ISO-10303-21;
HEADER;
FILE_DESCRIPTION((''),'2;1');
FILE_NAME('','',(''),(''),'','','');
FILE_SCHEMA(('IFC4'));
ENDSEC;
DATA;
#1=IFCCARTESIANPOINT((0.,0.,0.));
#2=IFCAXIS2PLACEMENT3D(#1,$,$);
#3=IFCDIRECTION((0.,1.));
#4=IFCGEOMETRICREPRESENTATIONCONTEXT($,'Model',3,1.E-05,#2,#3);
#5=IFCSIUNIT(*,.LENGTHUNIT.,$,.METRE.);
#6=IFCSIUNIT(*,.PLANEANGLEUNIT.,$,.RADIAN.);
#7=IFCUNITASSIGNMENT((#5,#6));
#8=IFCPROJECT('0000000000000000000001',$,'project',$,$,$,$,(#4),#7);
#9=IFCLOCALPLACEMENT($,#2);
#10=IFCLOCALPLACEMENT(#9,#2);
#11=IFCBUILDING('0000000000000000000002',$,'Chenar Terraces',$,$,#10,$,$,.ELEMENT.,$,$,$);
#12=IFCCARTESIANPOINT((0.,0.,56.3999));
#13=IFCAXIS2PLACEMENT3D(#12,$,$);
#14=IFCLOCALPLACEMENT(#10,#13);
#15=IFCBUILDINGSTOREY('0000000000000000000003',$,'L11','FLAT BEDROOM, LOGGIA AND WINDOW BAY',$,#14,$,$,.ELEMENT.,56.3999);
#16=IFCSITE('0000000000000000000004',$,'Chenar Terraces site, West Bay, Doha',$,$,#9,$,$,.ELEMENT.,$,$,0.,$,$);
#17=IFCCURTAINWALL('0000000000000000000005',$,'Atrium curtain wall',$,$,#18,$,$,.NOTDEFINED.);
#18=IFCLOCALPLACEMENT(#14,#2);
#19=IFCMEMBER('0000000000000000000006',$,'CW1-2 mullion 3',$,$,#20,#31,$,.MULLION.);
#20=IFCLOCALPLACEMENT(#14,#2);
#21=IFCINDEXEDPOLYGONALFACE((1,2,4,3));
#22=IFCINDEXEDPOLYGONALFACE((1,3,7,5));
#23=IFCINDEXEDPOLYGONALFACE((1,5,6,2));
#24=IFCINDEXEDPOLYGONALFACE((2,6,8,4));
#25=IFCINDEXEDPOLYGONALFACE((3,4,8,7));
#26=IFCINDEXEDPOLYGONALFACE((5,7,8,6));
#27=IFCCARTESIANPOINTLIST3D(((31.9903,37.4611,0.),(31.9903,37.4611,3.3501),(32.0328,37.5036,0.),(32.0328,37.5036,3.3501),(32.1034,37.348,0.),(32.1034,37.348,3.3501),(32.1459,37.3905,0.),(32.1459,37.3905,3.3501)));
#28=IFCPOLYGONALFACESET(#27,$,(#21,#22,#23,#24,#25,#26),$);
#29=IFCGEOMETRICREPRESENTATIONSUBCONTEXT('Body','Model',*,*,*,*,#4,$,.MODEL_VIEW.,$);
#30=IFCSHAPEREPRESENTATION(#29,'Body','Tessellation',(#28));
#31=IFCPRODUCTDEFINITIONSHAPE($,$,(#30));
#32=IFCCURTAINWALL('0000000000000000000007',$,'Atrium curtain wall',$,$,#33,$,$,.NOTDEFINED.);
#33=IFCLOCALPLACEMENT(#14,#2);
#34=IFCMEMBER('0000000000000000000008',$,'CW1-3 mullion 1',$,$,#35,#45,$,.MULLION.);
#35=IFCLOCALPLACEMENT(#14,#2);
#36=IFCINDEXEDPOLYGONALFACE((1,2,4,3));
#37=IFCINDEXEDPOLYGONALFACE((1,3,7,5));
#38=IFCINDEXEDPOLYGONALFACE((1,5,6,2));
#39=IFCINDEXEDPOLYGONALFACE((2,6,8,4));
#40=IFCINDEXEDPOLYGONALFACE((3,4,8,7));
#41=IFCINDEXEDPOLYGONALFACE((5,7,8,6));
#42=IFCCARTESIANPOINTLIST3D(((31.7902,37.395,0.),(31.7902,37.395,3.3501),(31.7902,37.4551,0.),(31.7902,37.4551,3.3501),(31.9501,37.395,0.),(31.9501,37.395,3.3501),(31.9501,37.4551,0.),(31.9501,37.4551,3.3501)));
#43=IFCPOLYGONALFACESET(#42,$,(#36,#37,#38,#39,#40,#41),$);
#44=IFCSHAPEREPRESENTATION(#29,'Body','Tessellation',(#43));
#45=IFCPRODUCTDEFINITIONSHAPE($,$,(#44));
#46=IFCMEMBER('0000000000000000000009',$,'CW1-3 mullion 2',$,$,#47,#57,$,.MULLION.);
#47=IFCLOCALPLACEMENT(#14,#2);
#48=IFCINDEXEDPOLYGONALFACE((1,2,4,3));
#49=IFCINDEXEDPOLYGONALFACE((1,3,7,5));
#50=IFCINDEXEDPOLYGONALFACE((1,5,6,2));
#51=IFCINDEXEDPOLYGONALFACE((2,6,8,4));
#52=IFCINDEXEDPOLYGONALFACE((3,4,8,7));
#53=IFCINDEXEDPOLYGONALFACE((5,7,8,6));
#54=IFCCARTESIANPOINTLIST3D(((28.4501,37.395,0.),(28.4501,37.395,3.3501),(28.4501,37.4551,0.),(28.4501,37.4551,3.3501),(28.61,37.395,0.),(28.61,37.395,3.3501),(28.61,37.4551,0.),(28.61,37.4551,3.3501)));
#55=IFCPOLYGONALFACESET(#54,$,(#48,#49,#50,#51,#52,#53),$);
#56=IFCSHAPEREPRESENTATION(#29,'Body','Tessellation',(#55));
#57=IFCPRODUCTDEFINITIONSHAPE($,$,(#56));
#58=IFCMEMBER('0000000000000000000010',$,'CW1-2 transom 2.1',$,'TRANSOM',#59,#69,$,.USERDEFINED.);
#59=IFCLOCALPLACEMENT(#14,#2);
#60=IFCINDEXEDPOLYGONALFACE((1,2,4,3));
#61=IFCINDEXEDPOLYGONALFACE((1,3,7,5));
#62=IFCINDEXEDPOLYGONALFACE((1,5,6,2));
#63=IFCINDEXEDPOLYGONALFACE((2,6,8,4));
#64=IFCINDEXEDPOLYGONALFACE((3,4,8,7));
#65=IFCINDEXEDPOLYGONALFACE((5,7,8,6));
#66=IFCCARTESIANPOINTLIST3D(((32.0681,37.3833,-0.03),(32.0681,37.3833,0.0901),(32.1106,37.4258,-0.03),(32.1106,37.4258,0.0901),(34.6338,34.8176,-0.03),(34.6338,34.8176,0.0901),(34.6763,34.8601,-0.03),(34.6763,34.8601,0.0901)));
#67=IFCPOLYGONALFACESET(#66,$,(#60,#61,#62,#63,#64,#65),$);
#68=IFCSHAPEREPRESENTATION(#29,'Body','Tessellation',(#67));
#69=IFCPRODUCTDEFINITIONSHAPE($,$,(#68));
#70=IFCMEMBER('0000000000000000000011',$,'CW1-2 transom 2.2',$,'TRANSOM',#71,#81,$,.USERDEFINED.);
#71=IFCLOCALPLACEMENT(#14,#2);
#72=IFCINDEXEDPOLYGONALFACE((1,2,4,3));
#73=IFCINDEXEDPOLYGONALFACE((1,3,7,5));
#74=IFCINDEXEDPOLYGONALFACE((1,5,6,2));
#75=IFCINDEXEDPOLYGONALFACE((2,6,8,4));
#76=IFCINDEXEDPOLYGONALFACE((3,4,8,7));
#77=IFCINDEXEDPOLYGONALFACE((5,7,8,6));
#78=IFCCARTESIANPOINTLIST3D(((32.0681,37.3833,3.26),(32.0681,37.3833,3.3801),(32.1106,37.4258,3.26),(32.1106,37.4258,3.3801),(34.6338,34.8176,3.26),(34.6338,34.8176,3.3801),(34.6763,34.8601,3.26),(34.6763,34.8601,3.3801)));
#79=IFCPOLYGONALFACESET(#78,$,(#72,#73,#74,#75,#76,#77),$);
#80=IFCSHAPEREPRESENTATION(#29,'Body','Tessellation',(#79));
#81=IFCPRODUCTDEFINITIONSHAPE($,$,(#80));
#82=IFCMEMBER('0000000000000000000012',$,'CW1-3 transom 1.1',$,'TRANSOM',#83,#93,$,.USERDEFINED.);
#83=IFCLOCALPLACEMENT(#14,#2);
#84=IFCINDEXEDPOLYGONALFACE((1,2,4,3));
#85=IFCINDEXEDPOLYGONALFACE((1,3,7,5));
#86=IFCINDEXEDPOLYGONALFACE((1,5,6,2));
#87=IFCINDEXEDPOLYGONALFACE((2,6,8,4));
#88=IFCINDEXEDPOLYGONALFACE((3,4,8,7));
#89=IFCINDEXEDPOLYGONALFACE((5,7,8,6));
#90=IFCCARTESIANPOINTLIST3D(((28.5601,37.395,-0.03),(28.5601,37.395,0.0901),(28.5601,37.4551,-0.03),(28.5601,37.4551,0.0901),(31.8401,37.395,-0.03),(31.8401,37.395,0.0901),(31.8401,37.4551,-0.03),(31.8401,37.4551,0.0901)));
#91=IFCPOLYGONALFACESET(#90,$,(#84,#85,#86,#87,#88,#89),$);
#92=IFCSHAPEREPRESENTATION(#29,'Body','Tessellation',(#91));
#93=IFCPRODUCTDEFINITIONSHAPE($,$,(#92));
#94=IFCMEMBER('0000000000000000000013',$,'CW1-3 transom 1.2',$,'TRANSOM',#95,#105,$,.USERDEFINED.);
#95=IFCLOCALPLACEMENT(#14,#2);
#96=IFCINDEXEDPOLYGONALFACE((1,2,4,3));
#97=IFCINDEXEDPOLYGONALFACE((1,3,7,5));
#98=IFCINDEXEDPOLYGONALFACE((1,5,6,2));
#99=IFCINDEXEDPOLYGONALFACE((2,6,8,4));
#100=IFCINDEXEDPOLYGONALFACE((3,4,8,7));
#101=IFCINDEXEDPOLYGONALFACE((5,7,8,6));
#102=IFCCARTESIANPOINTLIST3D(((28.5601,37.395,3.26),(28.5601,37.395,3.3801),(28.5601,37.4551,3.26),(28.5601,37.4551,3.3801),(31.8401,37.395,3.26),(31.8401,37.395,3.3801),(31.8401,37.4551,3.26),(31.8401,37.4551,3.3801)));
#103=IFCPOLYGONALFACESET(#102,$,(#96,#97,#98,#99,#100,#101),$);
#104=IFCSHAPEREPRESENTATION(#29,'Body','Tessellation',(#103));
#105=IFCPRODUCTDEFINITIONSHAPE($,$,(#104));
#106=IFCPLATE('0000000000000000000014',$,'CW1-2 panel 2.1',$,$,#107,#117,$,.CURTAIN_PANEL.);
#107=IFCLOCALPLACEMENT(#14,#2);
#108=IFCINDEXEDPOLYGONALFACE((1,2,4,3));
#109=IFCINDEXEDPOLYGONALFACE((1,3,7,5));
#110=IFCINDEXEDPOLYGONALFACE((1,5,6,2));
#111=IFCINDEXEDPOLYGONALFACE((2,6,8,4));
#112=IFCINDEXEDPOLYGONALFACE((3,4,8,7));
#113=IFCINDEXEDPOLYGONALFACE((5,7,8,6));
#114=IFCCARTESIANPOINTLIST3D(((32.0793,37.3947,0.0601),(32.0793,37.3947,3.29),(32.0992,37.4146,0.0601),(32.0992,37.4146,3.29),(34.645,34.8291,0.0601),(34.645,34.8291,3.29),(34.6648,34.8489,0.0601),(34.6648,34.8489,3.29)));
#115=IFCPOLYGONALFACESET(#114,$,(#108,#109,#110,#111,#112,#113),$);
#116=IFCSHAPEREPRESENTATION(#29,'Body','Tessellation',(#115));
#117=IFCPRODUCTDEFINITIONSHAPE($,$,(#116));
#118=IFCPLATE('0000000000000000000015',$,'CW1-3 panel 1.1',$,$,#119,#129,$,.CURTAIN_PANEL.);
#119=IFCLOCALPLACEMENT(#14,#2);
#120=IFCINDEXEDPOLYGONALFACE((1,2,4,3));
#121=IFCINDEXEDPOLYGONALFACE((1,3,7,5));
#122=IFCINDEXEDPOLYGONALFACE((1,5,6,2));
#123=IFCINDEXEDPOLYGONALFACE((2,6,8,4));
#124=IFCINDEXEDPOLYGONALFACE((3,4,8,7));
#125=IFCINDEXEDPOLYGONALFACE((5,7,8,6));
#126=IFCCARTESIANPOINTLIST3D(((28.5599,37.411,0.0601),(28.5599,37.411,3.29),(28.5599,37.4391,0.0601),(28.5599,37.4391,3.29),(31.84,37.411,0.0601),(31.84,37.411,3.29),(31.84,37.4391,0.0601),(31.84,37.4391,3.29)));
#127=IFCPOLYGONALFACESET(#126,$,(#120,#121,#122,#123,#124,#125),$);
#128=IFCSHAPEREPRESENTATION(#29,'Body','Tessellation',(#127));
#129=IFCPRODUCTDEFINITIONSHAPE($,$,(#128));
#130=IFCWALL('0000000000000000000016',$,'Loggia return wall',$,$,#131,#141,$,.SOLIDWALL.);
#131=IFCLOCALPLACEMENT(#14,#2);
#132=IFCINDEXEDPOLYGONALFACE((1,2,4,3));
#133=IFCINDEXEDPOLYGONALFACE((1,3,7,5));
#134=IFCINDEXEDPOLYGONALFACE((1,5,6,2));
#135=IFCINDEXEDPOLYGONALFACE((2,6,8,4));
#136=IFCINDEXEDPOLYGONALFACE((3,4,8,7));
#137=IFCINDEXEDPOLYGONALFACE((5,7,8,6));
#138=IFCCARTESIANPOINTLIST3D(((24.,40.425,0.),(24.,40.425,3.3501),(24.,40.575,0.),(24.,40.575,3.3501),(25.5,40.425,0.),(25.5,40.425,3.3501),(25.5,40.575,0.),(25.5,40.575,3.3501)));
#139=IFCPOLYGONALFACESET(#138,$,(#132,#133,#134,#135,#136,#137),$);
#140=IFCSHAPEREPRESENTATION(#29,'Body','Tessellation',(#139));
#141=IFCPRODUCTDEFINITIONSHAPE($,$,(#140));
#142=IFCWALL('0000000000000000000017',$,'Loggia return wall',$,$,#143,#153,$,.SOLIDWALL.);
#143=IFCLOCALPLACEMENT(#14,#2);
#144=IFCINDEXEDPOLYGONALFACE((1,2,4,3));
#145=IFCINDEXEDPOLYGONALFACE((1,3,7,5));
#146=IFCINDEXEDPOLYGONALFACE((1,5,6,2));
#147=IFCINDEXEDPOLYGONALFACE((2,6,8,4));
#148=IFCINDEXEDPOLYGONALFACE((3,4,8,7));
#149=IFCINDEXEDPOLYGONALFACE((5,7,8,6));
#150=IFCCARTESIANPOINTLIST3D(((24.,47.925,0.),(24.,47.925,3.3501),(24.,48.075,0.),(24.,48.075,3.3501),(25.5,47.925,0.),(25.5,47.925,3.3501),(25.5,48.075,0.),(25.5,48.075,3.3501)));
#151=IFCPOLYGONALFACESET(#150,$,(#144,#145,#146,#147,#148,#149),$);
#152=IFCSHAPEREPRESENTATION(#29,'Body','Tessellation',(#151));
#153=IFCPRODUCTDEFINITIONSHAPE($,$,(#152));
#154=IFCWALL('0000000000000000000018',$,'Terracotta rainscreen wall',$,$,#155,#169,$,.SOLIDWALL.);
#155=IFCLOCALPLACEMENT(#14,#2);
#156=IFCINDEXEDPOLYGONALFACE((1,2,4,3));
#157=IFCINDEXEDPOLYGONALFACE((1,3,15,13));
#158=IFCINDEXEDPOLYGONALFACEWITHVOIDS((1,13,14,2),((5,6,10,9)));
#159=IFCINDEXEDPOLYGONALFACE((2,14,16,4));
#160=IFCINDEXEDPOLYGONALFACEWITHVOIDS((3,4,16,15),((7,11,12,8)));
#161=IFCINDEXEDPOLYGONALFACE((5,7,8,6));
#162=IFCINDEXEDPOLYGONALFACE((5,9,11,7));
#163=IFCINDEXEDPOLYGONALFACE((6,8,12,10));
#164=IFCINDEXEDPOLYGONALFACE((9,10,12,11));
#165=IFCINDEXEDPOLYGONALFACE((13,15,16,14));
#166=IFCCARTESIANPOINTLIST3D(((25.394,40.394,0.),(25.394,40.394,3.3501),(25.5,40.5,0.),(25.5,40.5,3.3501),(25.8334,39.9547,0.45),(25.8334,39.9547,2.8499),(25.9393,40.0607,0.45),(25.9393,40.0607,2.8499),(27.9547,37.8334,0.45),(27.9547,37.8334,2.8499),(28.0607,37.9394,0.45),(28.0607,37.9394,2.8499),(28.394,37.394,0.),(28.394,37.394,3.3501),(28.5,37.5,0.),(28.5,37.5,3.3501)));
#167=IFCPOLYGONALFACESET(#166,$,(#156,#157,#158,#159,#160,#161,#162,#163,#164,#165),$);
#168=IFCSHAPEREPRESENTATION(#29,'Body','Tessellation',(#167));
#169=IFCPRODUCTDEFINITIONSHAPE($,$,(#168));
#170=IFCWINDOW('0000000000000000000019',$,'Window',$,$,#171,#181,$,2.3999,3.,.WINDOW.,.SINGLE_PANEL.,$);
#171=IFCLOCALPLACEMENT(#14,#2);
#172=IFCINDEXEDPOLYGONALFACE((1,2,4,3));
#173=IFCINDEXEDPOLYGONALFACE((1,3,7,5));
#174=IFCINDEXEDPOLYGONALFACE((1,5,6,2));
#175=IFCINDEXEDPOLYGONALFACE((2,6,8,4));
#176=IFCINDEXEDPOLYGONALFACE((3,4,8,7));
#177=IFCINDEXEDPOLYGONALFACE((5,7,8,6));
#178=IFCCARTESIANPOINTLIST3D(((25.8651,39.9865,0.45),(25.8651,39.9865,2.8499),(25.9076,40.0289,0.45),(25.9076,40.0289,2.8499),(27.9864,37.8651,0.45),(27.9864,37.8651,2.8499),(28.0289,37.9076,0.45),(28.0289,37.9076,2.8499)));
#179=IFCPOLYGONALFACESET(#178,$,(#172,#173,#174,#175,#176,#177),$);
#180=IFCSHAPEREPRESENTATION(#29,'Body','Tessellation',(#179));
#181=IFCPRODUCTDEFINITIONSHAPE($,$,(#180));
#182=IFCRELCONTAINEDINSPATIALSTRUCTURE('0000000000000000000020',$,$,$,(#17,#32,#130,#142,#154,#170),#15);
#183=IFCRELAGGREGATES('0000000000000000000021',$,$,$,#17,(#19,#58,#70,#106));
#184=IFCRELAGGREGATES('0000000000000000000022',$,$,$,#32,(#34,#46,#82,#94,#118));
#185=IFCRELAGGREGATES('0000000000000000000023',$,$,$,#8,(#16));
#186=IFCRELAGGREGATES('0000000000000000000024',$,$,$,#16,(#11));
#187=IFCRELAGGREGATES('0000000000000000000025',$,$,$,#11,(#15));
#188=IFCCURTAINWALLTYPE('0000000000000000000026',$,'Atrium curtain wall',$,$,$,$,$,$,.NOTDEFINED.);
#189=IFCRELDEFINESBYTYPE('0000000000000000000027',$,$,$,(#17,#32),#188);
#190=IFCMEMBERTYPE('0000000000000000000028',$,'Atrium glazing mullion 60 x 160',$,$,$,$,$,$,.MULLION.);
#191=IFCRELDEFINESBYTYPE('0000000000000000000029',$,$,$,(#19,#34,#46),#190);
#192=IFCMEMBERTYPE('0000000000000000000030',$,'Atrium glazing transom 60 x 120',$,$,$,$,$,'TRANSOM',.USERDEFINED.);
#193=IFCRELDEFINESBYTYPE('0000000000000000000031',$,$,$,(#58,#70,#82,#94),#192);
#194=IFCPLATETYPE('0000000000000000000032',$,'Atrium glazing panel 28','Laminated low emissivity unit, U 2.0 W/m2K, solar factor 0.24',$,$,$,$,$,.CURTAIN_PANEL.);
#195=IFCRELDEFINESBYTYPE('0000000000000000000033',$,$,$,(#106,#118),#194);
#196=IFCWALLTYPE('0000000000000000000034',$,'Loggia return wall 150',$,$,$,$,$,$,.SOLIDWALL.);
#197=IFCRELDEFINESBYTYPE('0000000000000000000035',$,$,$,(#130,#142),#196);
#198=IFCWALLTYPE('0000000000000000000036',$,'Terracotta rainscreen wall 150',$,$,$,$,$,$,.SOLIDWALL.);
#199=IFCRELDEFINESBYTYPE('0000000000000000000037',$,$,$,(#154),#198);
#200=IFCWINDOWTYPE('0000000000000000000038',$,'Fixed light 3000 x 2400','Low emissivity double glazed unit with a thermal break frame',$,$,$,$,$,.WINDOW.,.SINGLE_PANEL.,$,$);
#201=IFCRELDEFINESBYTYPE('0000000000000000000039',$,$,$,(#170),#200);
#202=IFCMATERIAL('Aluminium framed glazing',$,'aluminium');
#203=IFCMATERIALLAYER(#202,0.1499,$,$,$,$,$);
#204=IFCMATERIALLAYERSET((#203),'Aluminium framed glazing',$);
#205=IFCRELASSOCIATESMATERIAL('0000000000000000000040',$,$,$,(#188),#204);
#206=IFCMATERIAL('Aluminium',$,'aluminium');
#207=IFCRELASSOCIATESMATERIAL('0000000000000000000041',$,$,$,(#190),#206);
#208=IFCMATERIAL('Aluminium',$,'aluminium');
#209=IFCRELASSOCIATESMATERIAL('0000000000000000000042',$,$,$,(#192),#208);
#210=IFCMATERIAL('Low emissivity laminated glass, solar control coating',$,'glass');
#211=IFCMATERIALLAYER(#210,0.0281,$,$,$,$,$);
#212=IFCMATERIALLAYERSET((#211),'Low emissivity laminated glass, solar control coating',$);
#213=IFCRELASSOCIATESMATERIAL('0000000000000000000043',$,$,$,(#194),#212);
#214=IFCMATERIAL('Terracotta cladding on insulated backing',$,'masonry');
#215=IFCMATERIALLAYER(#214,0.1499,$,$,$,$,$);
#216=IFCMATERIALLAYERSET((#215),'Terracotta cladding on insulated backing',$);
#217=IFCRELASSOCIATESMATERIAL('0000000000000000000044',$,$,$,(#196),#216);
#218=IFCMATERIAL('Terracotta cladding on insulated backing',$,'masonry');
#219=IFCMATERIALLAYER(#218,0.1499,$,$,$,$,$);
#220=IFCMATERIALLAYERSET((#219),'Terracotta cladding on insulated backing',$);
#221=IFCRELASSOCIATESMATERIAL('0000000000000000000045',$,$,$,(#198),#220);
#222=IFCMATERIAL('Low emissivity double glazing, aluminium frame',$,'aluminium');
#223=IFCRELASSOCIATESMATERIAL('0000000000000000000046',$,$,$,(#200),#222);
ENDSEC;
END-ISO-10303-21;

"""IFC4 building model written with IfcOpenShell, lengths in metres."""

from ifc_helpers import new_model, si_unit, direction, frame, frame_2d, origin, origin_2d, place, context, subcontext, project, spatial, rectangle, extrude, material, layer, layer_set, material_profile, profile_set, type_object, element, fill, aggregate, save


model = new_model("IFC4")

# Units and contexts
model_context = context("Model", 3, precision=1e-05, world=origin(), true_north=direction((0.0, 1.0)))
body_context = subcontext(model_context, "Body", "Model", "MODEL_VIEW")
ifc_project = project(units=[si_unit("LENGTHUNIT", "METRE"), si_unit("PLANEANGLEUNIT", "RADIAN")], contexts=[model_context])

# Site, building, storey
site_placement = place(None, origin())
site = spatial("IfcSite", under=ifc_project, at=site_placement, Name="Chenar Terraces site, West Bay, Doha", CompositionType="ELEMENT", RefElevation=0.0)
building_placement = place(site_placement, origin())
building = spatial("IfcBuilding", under=site, at=building_placement, Name="Chenar Terraces", CompositionType="ELEMENT")
storey_placement = place(building_placement, frame((0.0, 0.0, 56.3999)))
storey = spatial("IfcBuildingStorey", under=building, at=storey_placement, Name="L11", Description="FLAT BEDROOM, LOGGIA AND WINDOW BAY", CompositionType="ELEMENT", Elevation=56.3999)

# Curtain wall, member
ifc_material_1 = material(Name="Aluminium framed glazing", Category="aluminium")
ifc_layer_1 = layer(ifc_material_1, 0.1499)
ifc_layer_set_1 = layer_set([ifc_layer_1], Name="Aluminium framed glazing")
curtain_wall_type = type_object("IfcCurtainWallType", Name="Atrium curtain wall", PredefinedType="NOTDEFINED", material=ifc_layer_set_1)
placement = place(storey_placement, origin())
curtain_wall_1 = element("IfcCurtainWall", 1, at=placement, inside=storey, type_object=curtain_wall_type, Name="Atrium curtain wall", PredefinedType="NOTDEFINED")
ifc_material_2 = material(Name="Aluminium", Category="aluminium")
ifc_material_profile_1 = material_profile(ifc_material_2, rectangle(XDim=0.0601, YDim=0.1599, at=origin_2d()), Name="Atrium glazing mullion 60 x 160")
ifc_profile_set_1 = profile_set([ifc_material_profile_1], Name="Aluminium")
member_type_1 = type_object("IfcMemberType", Name="Atrium glazing mullion 60 x 160", PredefinedType="MULLION", material=ifc_profile_set_1)
member_1_placement = place(storey_placement, frame((32.0681, 37.4258, 0.0), z_axis=(0.0, 0.0, 1.0), x_axis=(-0.707107, -0.707107, 0.0)))
member_1 = element("IfcMember", 2, at=member_1_placement, type_object=member_type_1, Name="CW1-2 mullion 3", PredefinedType="MULLION", context=body_context, shape_type="SweptSolid", body=[
    extrude(rectangle(XDim=0.0601, YDim=0.1599, at=origin_2d()), origin(), (0.0, 0.0, 1.0), 3.3501),
])

# Curtain wall, members
curtain_wall_2 = element("IfcCurtainWall", 3, at=placement, inside=storey, type_object=curtain_wall_type, Name="Atrium curtain wall", PredefinedType="NOTDEFINED")
member_2_placement = place(storey_placement, frame((31.8701, 37.425, 0.0), z_axis=(0.0, 0.0, 1.0), x_axis=(0.0, -1.0, 0.0)))
member_2 = element("IfcMember", 4, at=member_2_placement, type_object=member_type_1, Name="CW1-3 mullion 1", PredefinedType="MULLION", context=body_context, shape_type="SweptSolid", body=[
    extrude(rectangle(XDim=0.0601, YDim=0.1599, at=origin_2d()), origin(), (0.0, 0.0, 1.0), 3.3501),
])
member_3_placement = place(storey_placement, frame((28.53, 37.425, 0.0), z_axis=(0.0, 0.0, 1.0), x_axis=(0.0, -1.0, 0.0)))
member_3 = element("IfcMember", 5, at=member_3_placement, type_object=member_type_1, Name="CW1-3 mullion 2", PredefinedType="MULLION", context=body_context, shape_type="SweptSolid", body=[
    extrude(rectangle(XDim=0.0601, YDim=0.1599, at=origin_2d()), origin(), (0.0, 0.0, 1.0), 3.3501),
])

# Members
ifc_material_3 = material(Name="Aluminium", Category="aluminium")
ifc_material_profile_2 = material_profile(ifc_material_3, rectangle(XDim=0.0601, YDim=0.1201, at=origin_2d()), Name="Atrium glazing transom 60 x 120")
ifc_profile_set_2 = profile_set([ifc_material_profile_2], Name="Aluminium")
member_type_2 = type_object("IfcMemberType", Name="Atrium glazing transom 60 x 120", ElementType="TRANSOM", PredefinedType="USERDEFINED", material=ifc_profile_set_2)
member_4_placement = place(storey_placement, frame((34.655, 34.8389, 0.03), z_axis=(-0.707107, 0.707107, 0.0), x_axis=(-0.707107, -0.707107, 0.0)))
member_4 = element("IfcMember", 6, at=member_4_placement, type_object=member_type_2, Name="CW1-2 transom 2.1", ObjectType="TRANSOM", PredefinedType="USERDEFINED", context=body_context, shape_type="SweptSolid", body=[
    extrude(rectangle(XDim=0.0601, YDim=0.1201, at=origin_2d()), origin(), (0.0, 0.0, 1.0), 3.6284),
])
member_5_placement = place(storey_placement, frame((34.655, 34.8389, 3.3201), z_axis=(-0.707107, 0.707107, 0.0), x_axis=(-0.707107, -0.707107, 0.0)))
member_5 = element("IfcMember", 7, at=member_5_placement, type_object=member_type_2, Name="CW1-2 transom 2.2", ObjectType="TRANSOM", PredefinedType="USERDEFINED", context=body_context, shape_type="SweptSolid", body=[
    extrude(rectangle(XDim=0.0601, YDim=0.1201, at=origin_2d()), origin(), (0.0, 0.0, 1.0), 3.6284),
])
member_6_placement = place(storey_placement, frame((31.8401, 37.425, 0.03), z_axis=(-1.0, 0.0, 0.0), x_axis=(0.0, -1.0, 0.0)))
member_6 = element("IfcMember", 8, at=member_6_placement, type_object=member_type_2, Name="CW1-3 transom 1.1", ObjectType="TRANSOM", PredefinedType="USERDEFINED", context=body_context, shape_type="SweptSolid", body=[
    extrude(rectangle(XDim=0.0601, YDim=0.1201, at=origin_2d()), origin(), (0.0, 0.0, 1.0), 3.28),
])
member_7_placement = place(storey_placement, frame((31.8401, 37.425, 3.3201), z_axis=(-1.0, 0.0, 0.0), x_axis=(0.0, -1.0, 0.0)))
member_7 = element("IfcMember", 9, at=member_7_placement, type_object=member_type_2, Name="CW1-3 transom 1.2", ObjectType="TRANSOM", PredefinedType="USERDEFINED", context=body_context, shape_type="SweptSolid", body=[
    extrude(rectangle(XDim=0.0601, YDim=0.1201, at=origin_2d()), origin(), (0.0, 0.0, 1.0), 3.28),
])

# Plates
ifc_material_4 = material(Name="Low emissivity laminated glass, solar control coating", Category="glass")
ifc_layer_2 = layer(ifc_material_4, 0.0281)
ifc_layer_set_2 = layer_set([ifc_layer_2], Name="Low emissivity laminated glass, solar control coating")
plate_type = type_object("IfcPlateType", Name="Atrium glazing panel 28", Description="Laminated low emissivity unit, U 2.0 W/m2K, solar factor 0.24", PredefinedType="CURTAIN_PANEL", material=ifc_layer_set_2)
plate_1_placement = place(storey_placement, frame((33.3721, 36.1218, 0.0601), z_axis=(0.0, 0.0, 1.0), x_axis=(-0.707107, 0.707107, 0.0)))
plate_1 = element("IfcPlate", 10, at=plate_1_placement, type_object=plate_type, Name="CW1-2 panel 2.1", PredefinedType="CURTAIN_PANEL", context=body_context, shape_type="SweptSolid", body=[
    extrude(rectangle(XDim=3.6284, YDim=0.0281, at=origin_2d()), origin(), (0.0, 0.0, 1.0), 3.23),
])
aggregate(curtain_wall_1, [member_1, member_4, member_5, plate_1])
plate_2_placement = place(storey_placement, frame((30.2, 37.425, 0.0601), z_axis=(0.0, 0.0, 1.0), x_axis=(-1.0, 0.0, 0.0)))
plate_2 = element("IfcPlate", 11, at=plate_2_placement, type_object=plate_type, Name="CW1-3 panel 1.1", PredefinedType="CURTAIN_PANEL", context=body_context, shape_type="SweptSolid", body=[
    extrude(rectangle(XDim=3.28, YDim=0.0281, at=origin_2d()), origin(), (0.0, 0.0, 1.0), 3.23),
])
aggregate(curtain_wall_2, [member_2, member_3, member_6, member_7, plate_2])

# Walls
ifc_material_5 = material(Name="Terracotta cladding on insulated backing", Category="masonry")
ifc_layer_3 = layer(ifc_material_5, 0.1499)
ifc_layer_set_3 = layer_set([ifc_layer_3], Name="Terracotta cladding on insulated backing")
wall_type_1 = type_object("IfcWallType", Name="Loggia return wall 150", PredefinedType="SOLIDWALL", material=ifc_layer_set_3)
for number, where, z_axis, x_axis, name in (
    (12, (25.5, 40.5, 0.0), (0.0, 0.0, 1.0), (-1.0, 0.0, 0.0), "Loggia return wall"),
    (13, (25.5, 48.0, 0.0), (0.0, 0.0, 1.0), (-1.0, 0.0, 0.0), "Loggia return wall"),
):
    element("IfcWall", number, at=place(storey_placement, frame(where, z_axis=z_axis, x_axis=x_axis)), inside=storey, type_object=wall_type_1, Name=name, PredefinedType="SOLIDWALL", context=body_context, shape_type="SweptSolid", body=[
        extrude(rectangle(XDim=1.5, YDim=0.1499, at=frame_2d((0.75, 0.0))), origin(), (0.0, 0.0, 1.0), 3.3501),
    ])

# Wall, opening, window
ifc_material_6 = material(Name="Terracotta cladding on insulated backing", Category="masonry")
ifc_layer_4 = layer(ifc_material_6, 0.1499)
ifc_layer_set_4 = layer_set([ifc_layer_4], Name="Terracotta cladding on insulated backing")
wall_type_2 = type_object("IfcWallType", Name="Terracotta rainscreen wall 150", PredefinedType="SOLIDWALL", material=ifc_layer_set_4)
wall_1_placement = place(storey_placement, frame((28.447, 37.447, 0.0), z_axis=(0.0, 0.0, 1.0), x_axis=(-0.707107, 0.707107, 0.0)))
wall_1 = element("IfcWall", 14, at=wall_1_placement, inside=storey, type_object=wall_type_2, Name="Terracotta rainscreen wall", PredefinedType="SOLIDWALL", context=body_context, shape_type="SweptSolid", body=[
    extrude(rectangle(XDim=4.2427, YDim=0.1499, at=frame_2d((2.1213, 0.0))), origin(), (0.0, 0.0, 1.0), 3.3501),
])
opening_1_placement = place(wall_1_placement, frame((0.6213, 0.0, 0.45)))
opening_1 = element("IfcOpeningElement", 15, at=opening_1_placement, cuts=wall_1, PredefinedType="OPENING", context=body_context, shape_type="SweptSolid", body=[
    extrude(rectangle(XDim=3.0, YDim=2.3999, at=frame_2d((1.5, 1.2))), frame((0.0, 0.085, 0.0), z_axis=(0.0, -1.0, 0.0), x_axis=(1.0, 0.0, 0.0)), (0.0, 0.0, 1.0), 0.1699),
])
ifc_material_7 = material(Name="Low emissivity double glazing, aluminium frame", Category="aluminium")
window_type = type_object("IfcWindowType", Name="Fixed light 3000 x 2400", Description="Low emissivity double glazed unit with a thermal break frame", PartitioningType="SINGLE_PANEL", PredefinedType="WINDOW", material=ifc_material_7)
window_1_placement = place(opening_1_placement, origin())
window_1 = element("IfcWindow", 16, at=window_1_placement, inside=storey, type_object=window_type, Name="Window", OverallHeight=2.3999, OverallWidth=3.0, PartitioningType="SINGLE_PANEL", PredefinedType="WINDOW", context=body_context, shape_type="SweptSolid", body=[
    extrude(rectangle(XDim=3.0, YDim=2.3999, at=frame_2d((1.5, 1.2))), frame((0.0, 0.03, 0.0), z_axis=(0.0, -1.0, 0.0), x_axis=(1.0, 0.0, 0.0)), (0.0, 0.0, 1.0), 0.0601),
])
fill(opening_1, window_1)

save(model, "model.ifc")
